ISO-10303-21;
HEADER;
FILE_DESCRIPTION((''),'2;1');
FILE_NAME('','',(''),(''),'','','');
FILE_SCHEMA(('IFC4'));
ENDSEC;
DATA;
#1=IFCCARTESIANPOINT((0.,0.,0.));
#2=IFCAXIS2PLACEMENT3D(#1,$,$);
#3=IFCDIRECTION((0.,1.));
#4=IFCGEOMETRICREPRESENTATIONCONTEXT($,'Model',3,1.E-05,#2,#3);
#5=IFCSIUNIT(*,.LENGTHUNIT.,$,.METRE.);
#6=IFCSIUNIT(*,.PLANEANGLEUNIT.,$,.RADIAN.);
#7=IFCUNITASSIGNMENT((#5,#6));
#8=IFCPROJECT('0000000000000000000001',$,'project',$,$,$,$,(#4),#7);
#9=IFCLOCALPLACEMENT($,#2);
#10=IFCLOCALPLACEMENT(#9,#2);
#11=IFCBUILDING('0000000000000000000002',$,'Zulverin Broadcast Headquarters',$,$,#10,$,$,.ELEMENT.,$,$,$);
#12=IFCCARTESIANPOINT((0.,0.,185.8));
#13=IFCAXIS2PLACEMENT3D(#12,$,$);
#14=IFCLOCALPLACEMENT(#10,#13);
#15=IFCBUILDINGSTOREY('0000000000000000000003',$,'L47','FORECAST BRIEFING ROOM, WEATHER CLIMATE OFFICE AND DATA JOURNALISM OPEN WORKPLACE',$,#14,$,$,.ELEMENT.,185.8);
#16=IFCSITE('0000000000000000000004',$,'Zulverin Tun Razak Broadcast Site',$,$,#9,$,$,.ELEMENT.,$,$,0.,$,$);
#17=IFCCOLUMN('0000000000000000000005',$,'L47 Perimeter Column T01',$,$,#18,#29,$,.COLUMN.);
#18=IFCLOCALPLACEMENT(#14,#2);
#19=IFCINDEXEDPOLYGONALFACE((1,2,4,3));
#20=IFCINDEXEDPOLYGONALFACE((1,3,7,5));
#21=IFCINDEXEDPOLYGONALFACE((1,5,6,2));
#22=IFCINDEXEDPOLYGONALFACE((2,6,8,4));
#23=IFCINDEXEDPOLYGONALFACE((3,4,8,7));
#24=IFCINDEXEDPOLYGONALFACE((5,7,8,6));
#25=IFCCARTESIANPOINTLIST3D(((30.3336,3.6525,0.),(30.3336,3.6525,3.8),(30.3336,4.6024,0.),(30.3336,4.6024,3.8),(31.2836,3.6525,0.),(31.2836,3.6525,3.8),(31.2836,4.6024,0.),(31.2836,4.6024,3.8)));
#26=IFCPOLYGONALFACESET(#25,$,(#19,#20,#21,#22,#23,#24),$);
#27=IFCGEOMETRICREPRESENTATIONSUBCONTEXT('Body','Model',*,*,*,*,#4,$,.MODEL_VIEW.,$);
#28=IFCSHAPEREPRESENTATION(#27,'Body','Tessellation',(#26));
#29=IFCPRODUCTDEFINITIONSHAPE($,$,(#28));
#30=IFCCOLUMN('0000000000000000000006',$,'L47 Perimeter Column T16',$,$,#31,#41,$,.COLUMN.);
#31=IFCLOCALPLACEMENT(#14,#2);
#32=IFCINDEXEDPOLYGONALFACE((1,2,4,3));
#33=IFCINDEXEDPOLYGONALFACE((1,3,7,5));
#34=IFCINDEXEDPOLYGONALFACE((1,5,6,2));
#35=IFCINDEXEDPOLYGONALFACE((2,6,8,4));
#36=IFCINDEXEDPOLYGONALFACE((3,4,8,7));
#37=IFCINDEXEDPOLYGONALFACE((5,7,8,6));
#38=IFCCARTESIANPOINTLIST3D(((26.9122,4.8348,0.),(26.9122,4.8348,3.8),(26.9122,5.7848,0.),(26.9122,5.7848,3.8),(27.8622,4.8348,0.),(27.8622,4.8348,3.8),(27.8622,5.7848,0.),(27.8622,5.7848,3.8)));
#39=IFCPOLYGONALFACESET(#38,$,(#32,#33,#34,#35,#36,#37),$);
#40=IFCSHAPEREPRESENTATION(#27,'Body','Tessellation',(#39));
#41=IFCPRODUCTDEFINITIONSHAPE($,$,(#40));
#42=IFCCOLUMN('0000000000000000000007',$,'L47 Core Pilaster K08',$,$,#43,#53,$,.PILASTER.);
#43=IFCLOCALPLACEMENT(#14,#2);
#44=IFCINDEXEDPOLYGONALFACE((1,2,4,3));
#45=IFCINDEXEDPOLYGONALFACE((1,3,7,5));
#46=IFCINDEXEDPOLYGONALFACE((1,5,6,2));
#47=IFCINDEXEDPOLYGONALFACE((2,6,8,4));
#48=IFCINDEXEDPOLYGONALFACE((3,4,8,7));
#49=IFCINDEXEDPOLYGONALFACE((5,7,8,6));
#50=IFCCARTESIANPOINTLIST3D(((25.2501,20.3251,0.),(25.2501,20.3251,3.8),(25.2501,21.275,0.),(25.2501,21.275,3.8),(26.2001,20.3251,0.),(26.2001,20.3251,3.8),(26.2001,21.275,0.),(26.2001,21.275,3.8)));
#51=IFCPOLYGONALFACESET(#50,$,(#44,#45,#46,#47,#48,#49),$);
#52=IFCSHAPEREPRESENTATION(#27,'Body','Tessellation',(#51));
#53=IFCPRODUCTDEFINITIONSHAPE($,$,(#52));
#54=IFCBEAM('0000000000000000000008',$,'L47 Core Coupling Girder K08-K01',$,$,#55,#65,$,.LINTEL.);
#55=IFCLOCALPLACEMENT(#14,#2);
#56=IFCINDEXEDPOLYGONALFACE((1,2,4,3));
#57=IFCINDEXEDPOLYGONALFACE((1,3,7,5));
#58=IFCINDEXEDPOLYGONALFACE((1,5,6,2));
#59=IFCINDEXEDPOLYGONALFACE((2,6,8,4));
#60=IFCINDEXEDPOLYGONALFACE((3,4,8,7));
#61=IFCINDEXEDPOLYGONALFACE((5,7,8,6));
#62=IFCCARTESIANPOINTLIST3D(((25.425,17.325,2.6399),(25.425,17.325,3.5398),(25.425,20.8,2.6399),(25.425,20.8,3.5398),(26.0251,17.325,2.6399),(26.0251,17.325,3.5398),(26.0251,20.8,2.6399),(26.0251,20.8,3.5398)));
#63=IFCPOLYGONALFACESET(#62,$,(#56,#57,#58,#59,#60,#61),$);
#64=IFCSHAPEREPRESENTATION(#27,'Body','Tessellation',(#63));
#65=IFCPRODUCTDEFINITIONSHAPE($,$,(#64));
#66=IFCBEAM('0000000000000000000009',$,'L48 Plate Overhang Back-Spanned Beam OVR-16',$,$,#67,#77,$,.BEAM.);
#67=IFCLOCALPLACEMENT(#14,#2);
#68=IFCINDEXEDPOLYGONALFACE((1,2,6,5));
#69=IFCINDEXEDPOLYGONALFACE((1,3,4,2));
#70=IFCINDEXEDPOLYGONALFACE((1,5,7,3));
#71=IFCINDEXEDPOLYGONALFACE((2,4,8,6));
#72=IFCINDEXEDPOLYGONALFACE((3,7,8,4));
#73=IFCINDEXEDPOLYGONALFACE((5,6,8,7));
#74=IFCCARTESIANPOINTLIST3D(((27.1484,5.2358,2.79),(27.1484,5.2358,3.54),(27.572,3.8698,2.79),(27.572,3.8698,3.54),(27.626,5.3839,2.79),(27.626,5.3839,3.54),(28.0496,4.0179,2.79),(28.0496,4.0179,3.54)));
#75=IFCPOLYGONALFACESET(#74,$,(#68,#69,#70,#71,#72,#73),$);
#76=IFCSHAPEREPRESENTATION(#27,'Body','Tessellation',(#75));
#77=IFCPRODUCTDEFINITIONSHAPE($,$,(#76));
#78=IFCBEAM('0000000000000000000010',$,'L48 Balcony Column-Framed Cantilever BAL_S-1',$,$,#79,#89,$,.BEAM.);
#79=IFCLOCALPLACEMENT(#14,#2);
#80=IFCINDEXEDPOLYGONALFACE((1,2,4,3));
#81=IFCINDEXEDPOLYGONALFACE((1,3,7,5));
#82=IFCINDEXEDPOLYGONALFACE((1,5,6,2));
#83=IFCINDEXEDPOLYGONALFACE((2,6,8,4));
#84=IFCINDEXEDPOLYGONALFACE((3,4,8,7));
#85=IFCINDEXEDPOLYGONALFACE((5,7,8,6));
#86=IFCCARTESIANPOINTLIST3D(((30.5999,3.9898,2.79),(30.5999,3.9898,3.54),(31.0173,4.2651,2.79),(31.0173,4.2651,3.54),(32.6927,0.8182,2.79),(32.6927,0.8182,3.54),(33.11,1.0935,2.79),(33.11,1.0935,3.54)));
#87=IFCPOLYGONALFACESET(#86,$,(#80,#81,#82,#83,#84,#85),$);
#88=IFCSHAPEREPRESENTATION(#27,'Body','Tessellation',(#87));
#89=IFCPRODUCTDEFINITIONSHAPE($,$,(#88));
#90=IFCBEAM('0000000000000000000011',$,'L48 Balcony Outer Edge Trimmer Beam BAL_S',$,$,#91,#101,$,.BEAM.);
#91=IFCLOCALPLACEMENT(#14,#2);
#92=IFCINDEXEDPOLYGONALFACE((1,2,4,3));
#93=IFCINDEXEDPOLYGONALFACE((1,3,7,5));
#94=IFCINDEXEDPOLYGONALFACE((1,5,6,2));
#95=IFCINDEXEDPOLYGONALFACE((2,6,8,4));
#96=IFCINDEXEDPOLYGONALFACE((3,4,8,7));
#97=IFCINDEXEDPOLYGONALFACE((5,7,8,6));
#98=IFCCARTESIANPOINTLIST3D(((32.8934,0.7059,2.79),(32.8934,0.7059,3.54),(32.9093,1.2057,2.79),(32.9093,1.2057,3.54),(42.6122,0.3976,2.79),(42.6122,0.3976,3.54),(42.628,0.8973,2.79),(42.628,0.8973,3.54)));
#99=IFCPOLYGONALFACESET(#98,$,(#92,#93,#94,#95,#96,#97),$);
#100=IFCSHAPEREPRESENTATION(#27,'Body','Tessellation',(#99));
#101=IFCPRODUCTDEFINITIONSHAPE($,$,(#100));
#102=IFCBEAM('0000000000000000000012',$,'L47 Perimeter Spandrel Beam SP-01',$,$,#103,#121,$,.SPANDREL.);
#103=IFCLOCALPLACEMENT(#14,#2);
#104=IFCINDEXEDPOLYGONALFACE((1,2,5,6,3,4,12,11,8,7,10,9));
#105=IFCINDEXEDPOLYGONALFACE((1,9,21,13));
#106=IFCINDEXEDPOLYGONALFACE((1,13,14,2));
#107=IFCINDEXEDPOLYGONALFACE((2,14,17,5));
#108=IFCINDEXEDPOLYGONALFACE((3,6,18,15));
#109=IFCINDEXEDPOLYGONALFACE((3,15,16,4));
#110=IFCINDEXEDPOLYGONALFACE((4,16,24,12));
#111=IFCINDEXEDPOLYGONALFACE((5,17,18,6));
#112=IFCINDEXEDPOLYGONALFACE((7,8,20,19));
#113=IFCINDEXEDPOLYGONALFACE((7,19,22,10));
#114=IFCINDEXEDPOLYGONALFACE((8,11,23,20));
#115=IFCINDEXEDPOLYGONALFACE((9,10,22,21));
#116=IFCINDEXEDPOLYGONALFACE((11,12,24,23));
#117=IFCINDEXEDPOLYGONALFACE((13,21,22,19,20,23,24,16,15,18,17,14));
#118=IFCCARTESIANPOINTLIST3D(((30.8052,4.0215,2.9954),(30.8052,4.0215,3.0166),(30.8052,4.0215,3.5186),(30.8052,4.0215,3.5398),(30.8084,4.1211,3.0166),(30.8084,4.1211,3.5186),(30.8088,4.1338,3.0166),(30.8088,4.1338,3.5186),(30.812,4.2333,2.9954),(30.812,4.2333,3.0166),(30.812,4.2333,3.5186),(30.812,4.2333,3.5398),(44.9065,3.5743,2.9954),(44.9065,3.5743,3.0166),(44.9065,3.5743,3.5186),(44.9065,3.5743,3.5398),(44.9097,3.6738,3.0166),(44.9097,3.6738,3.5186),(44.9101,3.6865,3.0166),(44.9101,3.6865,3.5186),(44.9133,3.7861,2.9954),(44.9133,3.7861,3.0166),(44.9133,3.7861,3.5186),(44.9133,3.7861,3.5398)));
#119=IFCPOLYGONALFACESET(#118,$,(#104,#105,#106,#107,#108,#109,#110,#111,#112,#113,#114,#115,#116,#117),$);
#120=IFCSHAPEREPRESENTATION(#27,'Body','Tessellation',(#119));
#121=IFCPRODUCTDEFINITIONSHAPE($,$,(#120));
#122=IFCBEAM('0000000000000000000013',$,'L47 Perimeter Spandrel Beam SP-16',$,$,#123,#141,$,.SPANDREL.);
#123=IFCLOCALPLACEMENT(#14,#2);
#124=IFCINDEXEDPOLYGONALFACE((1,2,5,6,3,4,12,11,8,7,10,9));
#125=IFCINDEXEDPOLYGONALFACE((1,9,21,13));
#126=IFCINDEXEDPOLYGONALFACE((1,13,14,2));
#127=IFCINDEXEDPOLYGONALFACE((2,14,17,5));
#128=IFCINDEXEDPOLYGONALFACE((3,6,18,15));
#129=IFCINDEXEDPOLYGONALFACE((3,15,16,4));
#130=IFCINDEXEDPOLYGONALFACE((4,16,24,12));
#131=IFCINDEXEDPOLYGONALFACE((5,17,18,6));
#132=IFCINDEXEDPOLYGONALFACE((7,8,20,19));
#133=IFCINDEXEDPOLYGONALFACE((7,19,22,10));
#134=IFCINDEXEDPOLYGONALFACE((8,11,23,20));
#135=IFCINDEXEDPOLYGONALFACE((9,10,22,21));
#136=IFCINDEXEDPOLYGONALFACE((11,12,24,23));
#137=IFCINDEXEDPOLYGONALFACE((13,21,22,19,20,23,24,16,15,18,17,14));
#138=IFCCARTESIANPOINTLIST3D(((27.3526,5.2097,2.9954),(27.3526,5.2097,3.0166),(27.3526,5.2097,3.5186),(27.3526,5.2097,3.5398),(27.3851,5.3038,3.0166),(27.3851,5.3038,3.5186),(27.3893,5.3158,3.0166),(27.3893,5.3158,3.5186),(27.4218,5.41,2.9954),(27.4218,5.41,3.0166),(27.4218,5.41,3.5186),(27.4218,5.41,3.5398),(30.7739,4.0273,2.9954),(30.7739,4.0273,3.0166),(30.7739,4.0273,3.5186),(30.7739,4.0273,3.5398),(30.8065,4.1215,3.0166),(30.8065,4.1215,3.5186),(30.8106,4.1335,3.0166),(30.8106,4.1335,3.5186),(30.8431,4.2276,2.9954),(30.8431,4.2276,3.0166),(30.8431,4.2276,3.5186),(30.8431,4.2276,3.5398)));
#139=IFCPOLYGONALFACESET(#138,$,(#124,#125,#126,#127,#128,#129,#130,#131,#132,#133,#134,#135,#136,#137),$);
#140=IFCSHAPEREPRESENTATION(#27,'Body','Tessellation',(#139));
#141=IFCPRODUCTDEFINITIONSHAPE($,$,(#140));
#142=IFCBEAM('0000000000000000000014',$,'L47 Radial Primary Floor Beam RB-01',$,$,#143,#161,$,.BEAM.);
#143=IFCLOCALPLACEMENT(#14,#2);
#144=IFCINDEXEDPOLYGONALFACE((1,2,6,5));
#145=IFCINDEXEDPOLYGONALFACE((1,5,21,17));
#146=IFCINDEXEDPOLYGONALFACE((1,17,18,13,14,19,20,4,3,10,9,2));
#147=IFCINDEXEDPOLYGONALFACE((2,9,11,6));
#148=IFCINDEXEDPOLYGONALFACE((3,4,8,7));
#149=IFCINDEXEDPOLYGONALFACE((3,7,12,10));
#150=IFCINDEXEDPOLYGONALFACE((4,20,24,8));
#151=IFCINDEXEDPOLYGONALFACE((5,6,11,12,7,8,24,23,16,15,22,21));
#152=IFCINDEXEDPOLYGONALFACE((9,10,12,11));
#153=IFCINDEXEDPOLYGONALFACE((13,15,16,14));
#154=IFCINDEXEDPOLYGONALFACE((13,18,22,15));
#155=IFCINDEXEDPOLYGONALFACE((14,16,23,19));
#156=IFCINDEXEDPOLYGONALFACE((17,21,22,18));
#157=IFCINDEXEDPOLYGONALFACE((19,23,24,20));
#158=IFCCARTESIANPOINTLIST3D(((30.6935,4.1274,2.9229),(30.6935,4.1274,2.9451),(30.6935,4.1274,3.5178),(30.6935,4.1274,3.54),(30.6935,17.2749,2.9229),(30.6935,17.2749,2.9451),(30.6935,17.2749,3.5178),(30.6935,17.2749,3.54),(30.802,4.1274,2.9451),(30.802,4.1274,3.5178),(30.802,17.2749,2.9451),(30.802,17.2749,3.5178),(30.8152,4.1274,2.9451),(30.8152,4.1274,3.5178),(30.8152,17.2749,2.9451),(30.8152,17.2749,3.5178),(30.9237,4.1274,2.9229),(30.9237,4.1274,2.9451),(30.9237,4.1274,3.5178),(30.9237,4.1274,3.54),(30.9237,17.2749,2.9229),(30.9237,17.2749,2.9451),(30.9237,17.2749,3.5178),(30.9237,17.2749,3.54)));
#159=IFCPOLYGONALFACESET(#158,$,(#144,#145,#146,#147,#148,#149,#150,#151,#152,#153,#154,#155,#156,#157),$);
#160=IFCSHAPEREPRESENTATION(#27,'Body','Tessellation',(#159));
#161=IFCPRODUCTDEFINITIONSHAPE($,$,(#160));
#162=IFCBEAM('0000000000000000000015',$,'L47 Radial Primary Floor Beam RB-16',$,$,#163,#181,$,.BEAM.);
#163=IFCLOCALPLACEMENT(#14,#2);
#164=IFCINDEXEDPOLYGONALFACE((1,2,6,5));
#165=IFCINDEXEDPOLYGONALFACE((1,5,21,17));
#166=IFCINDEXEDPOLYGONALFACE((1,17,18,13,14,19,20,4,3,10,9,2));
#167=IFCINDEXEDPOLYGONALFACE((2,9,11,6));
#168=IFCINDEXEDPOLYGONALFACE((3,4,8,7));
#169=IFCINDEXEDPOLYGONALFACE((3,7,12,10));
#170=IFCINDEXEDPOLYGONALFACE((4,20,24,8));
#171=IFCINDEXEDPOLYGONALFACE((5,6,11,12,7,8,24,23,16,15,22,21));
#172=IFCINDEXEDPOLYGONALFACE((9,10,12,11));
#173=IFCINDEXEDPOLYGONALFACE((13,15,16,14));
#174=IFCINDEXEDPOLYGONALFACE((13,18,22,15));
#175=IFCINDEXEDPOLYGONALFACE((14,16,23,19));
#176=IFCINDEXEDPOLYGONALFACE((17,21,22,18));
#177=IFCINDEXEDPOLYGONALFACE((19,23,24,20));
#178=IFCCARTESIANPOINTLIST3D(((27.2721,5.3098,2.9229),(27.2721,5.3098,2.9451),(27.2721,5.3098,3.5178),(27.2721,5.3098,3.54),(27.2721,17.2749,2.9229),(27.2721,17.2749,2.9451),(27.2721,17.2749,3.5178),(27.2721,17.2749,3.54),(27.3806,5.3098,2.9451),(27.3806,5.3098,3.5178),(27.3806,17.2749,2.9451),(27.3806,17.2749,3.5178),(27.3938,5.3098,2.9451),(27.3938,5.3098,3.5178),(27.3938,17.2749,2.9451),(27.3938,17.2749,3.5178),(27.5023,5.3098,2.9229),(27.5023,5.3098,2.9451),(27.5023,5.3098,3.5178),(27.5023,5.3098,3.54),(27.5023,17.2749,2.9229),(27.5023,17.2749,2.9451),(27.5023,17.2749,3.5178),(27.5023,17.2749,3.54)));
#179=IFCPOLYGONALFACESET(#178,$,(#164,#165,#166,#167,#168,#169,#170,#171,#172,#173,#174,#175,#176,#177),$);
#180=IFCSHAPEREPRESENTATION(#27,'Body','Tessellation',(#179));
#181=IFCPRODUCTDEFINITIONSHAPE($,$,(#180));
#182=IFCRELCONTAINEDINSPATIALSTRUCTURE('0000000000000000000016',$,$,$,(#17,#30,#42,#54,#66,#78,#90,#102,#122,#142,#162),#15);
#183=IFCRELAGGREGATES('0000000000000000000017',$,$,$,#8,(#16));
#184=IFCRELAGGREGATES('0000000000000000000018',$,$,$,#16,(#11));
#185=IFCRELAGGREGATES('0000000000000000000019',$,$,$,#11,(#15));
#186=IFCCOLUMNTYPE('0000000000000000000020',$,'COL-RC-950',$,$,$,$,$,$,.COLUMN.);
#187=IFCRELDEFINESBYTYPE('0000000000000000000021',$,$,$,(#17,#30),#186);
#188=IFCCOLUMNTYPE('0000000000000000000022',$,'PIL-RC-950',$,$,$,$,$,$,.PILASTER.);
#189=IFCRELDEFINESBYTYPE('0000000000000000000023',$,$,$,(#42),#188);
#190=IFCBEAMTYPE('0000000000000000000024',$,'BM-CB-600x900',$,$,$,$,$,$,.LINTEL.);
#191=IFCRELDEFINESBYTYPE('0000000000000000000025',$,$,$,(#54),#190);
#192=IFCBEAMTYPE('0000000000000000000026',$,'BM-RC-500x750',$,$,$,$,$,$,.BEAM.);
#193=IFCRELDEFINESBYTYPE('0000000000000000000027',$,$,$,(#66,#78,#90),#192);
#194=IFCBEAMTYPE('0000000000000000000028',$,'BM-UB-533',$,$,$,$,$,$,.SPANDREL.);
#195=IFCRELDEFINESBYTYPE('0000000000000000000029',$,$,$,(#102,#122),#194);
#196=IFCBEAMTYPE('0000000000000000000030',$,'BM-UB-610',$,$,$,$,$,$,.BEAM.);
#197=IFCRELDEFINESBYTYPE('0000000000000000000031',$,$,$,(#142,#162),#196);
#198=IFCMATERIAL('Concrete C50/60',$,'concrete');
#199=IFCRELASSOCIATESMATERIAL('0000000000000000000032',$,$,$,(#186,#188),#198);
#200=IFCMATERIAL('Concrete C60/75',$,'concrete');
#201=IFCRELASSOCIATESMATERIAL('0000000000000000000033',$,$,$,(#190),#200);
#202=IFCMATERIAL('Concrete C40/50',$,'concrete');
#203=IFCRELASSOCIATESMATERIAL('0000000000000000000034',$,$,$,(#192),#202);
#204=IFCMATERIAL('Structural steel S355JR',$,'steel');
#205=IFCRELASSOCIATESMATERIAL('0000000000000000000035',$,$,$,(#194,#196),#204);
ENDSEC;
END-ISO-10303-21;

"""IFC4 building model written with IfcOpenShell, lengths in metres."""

from ifc_helpers import new_model, si_unit, direction, frame, origin, origin_2d, place, context, subcontext, project, spatial, rectangle, i_section, extrude, material, material_profile, profile_set, type_object, element, save


model = new_model("IFC4")

# Units and contexts
model_context = context("Model", 3, precision=1e-05, world=origin(), true_north=direction((0.0, 1.0)))
body_context = subcontext(model_context, "Body", "Model", "MODEL_VIEW")
ifc_project = project(units=[si_unit("LENGTHUNIT", "METRE"), si_unit("PLANEANGLEUNIT", "RADIAN")], contexts=[model_context])

# Site, building, storey
site_placement = place(None, origin())
site = spatial("IfcSite", under=ifc_project, at=site_placement, Name="Zulverin Tun Razak Broadcast Site", CompositionType="ELEMENT", RefElevation=0.0)
building_placement = place(site_placement, origin())
building = spatial("IfcBuilding", under=site, at=building_placement, Name="Zulverin Broadcast Headquarters", CompositionType="ELEMENT")
storey_placement = place(building_placement, frame((0.0, 0.0, 185.8)))
storey = spatial("IfcBuildingStorey", under=building, at=storey_placement, Name="L47", Description="FORECAST BRIEFING ROOM, WEATHER CLIMATE OFFICE AND DATA JOURNALISM OPEN WORKPLACE", CompositionType="ELEMENT", Elevation=185.8)

# Columns
ifc_material_1 = material(Name="Concrete C50/60", Category="concrete")
ifc_material_profile_1 = material_profile(ifc_material_1, rectangle(XDim=0.95, YDim=0.95, at=origin_2d()), Name="Concrete C50/60", Category="concrete")
ifc_profile_set_1 = profile_set([ifc_material_profile_1], Name="Concrete C50/60")
column_type_1 = type_object("IfcColumnType", Name="COL-RC-950", PredefinedType="COLUMN", material=ifc_profile_set_1)
for number, where, z_axis, x_axis, name in (
    (1, (30.8086, 4.1274, 0.0), (0.0, 0.0, 1.0), (1.0, 0.0, 0.0), "L47 Perimeter Column T01"),
    (2, (27.3872, 5.3098, 0.0), (0.0, 0.0, 1.0), (1.0, 0.0, 0.0), "L47 Perimeter Column T16"),
):
    element("IfcColumn", number, at=place(storey_placement, frame(where, z_axis=z_axis, x_axis=x_axis)), inside=storey, type_object=column_type_1, Name=name, PredefinedType="COLUMN", context=body_context, shape_type="SweptSolid", body=[
        extrude(rectangle(XDim=0.95, YDim=0.95, at=origin_2d()), origin(), (0.0, 0.0, 1.0), 3.8),
    ])
ifc_material_profile_2 = material_profile(ifc_material_1, rectangle(XDim=0.95, YDim=0.95, at=origin_2d()), Name="Concrete C50/60", Category="concrete")
ifc_profile_set_2 = profile_set([ifc_material_profile_2], Name="Concrete C50/60")
column_type_2 = type_object("IfcColumnType", Name="PIL-RC-950", PredefinedType="PILASTER", material=ifc_profile_set_2)
column_placement = place(storey_placement, frame((25.7251, 20.8, 0.0), z_axis=(0.0, 0.0, 1.0), x_axis=(1.0, 0.0, 0.0)))
element("IfcColumn", 3, at=column_placement, inside=storey, type_object=column_type_2, Name="L47 Core Pilaster K08", PredefinedType="PILASTER", context=body_context, shape_type="SweptSolid", body=[
    extrude(rectangle(XDim=0.95, YDim=0.95, at=origin_2d()), origin(), (0.0, 0.0, 1.0), 3.8),
])

# Beams
ifc_material_2 = material(Name="Concrete C60/75", Category="concrete")
ifc_material_profile_3 = material_profile(ifc_material_2, rectangle(XDim=0.6001, YDim=0.8999, at=origin_2d()), Name="Concrete C60/75", Category="concrete")
ifc_profile_set_3 = profile_set([ifc_material_profile_3], Name="Concrete C60/75")
beam_type_1 = type_object("IfcBeamType", Name="BM-CB-600x900", PredefinedType="LINTEL", material=ifc_profile_set_3)
beam_1_placement = place(storey_placement, frame((25.7251, 20.8, 3.0898), z_axis=(0.0, -1.0, 0.0), x_axis=(1.0, 0.0, 0.0)))
element("IfcBeam", 4, at=beam_1_placement, inside=storey, type_object=beam_type_1, Name="L47 Core Coupling Girder K08-K01", PredefinedType="LINTEL", context=body_context, shape_type="SweptSolid", body=[
    extrude(rectangle(XDim=0.6001, YDim=0.8999, at=origin_2d()), origin(), (0.0, 0.0, 1.0), 3.4751),
])
ifc_material_3 = material(Name="Concrete C40/50", Category="concrete")
ifc_material_profile_4 = material_profile(ifc_material_3, rectangle(XDim=0.5, YDim=0.75, at=origin_2d()), Name="Concrete C40/50", Category="concrete")
ifc_profile_set_4 = profile_set([ifc_material_profile_4], Name="Concrete C40/50")
beam_type_2 = type_object("IfcBeamType", Name="BM-RC-500x750", PredefinedType="BEAM", material=ifc_profile_set_4)
beam_2_placement = place(storey_placement, frame((27.3872, 5.3098, 3.165), z_axis=(0.296184, -0.955131, 0.0), x_axis=(0.955131, 0.296184, 0.0)))
element("IfcBeam", 5, at=beam_2_placement, inside=storey, type_object=beam_type_2, Name="L48 Plate Overhang Back-Spanned Beam OVR-16", PredefinedType="BEAM", context=body_context, shape_type="SweptSolid", body=[
    extrude(rectangle(XDim=0.5, YDim=0.75, at=origin_2d()), origin(), (0.0, 0.0, 1.0), 1.4302),
])
beam_3_placement = place(storey_placement, frame((30.8086, 4.1274, 3.165), z_axis=(0.55075, -0.83467, 0.0), x_axis=(0.83467, 0.55075, 0.0)))
element("IfcBeam", 6, at=beam_3_placement, inside=storey, type_object=beam_type_2, Name="L48 Balcony Column-Framed Cantilever BAL_S-1", PredefinedType="BEAM", context=body_context, shape_type="SweptSolid", body=[
    extrude(rectangle(XDim=0.5, YDim=0.75, at=origin_2d()), origin(), (0.0, 0.0, 1.0), 3.7998),
])
beam_4_placement = place(storey_placement, frame((32.9014, 0.9558, 3.165), z_axis=(0.999497, -0.031711, 0.0), x_axis=(0.031711, 0.999497, 0.0)))
element("IfcBeam", 7, at=beam_4_placement, inside=storey, type_object=beam_type_2, Name="L48 Balcony Outer Edge Trimmer Beam BAL_S", PredefinedType="BEAM", context=body_context, shape_type="SweptSolid", body=[
    extrude(rectangle(XDim=0.5, YDim=0.75, at=origin_2d()), origin(), (0.0, 0.0, 1.0), 9.7236),
])
ifc_material_4 = material(Name="Structural steel S355JR", Category="steel")
ifc_material_profile_5 = material_profile(ifc_material_4, i_section(OverallWidth=0.2119, OverallDepth=0.5444, WebThickness=0.0127, FlangeThickness=0.0212, at=origin_2d()), Name="Structural steel S355JR", Category="steel")
ifc_profile_set_5 = profile_set([ifc_material_profile_5], Name="Structural steel S355JR")
beam_type_3 = type_object("IfcBeamType", Name="BM-UB-533", PredefinedType="SPANDREL", material=ifc_profile_set_5)
beam_5_placement = place(storey_placement, frame((30.8086, 4.1274, 3.2676), z_axis=(0.999497, -0.031702, 0.0), x_axis=(0.031702, 0.999497, 0.0)))
element("IfcBeam", 8, at=beam_5_placement, inside=storey, type_object=beam_type_3, Name="L47 Perimeter Spandrel Beam SP-01", PredefinedType="SPANDREL", context=body_context, shape_type="SweptSolid", body=[
    extrude(i_section(OverallWidth=0.2119, OverallDepth=0.5444, WebThickness=0.0127, FlangeThickness=0.0212, at=origin_2d()), origin(), (0.0, 0.0, 1.0), 14.1084),
])
beam_6_placement = place(storey_placement, frame((27.3872, 5.3098, 3.2676), z_axis=(0.945153, -0.326629, 0.0), x_axis=(0.326629, 0.945153, 0.0)))
element("IfcBeam", 9, at=beam_6_placement, inside=storey, type_object=beam_type_3, Name="L47 Perimeter Spandrel Beam SP-16", PredefinedType="SPANDREL", context=body_context, shape_type="SweptSolid", body=[
    extrude(i_section(OverallWidth=0.2119, OverallDepth=0.5444, WebThickness=0.0127, FlangeThickness=0.0212, at=origin_2d()), origin(), (0.0, 0.0, 1.0), 3.6199),
])
ifc_material_profile_6 = material_profile(ifc_material_4, i_section(OverallWidth=0.2302, OverallDepth=0.6172, WebThickness=0.0132, FlangeThickness=0.0222, at=origin_2d()), Name="Structural steel S355JR", Category="steel")
ifc_profile_set_6 = profile_set([ifc_material_profile_6], Name="Structural steel S355JR")
beam_type_4 = type_object("IfcBeamType", Name="BM-UB-610", PredefinedType="BEAM", material=ifc_profile_set_6)
beam_7_placement = place(storey_placement, frame((30.8086, 17.2749, 3.2314), z_axis=(0.0, -1.0, 0.0), x_axis=(1.0, 0.0, 0.0)))
element("IfcBeam", 10, at=beam_7_placement, inside=storey, type_object=beam_type_4, Name="L47 Radial Primary Floor Beam RB-01", PredefinedType="BEAM", context=body_context, shape_type="SweptSolid", body=[
    extrude(i_section(OverallWidth=0.2302, OverallDepth=0.6172, WebThickness=0.0132, FlangeThickness=0.0222, at=origin_2d()), origin(), (0.0, 0.0, 1.0), 13.1475),
])
beam_8_placement = place(storey_placement, frame((27.3872, 17.2749, 3.2314), z_axis=(0.0, -1.0, 0.0), x_axis=(1.0, 0.0, 0.0)))
element("IfcBeam", 11, at=beam_8_placement, inside=storey, type_object=beam_type_4, Name="L47 Radial Primary Floor Beam RB-16", PredefinedType="BEAM", context=body_context, shape_type="SweptSolid", body=[
    extrude(i_section(OverallWidth=0.2302, OverallDepth=0.6172, WebThickness=0.0132, FlangeThickness=0.0222, at=origin_2d()), origin(), (0.0, 0.0, 1.0), 11.9651),
])

save(model, "model.ifc")
